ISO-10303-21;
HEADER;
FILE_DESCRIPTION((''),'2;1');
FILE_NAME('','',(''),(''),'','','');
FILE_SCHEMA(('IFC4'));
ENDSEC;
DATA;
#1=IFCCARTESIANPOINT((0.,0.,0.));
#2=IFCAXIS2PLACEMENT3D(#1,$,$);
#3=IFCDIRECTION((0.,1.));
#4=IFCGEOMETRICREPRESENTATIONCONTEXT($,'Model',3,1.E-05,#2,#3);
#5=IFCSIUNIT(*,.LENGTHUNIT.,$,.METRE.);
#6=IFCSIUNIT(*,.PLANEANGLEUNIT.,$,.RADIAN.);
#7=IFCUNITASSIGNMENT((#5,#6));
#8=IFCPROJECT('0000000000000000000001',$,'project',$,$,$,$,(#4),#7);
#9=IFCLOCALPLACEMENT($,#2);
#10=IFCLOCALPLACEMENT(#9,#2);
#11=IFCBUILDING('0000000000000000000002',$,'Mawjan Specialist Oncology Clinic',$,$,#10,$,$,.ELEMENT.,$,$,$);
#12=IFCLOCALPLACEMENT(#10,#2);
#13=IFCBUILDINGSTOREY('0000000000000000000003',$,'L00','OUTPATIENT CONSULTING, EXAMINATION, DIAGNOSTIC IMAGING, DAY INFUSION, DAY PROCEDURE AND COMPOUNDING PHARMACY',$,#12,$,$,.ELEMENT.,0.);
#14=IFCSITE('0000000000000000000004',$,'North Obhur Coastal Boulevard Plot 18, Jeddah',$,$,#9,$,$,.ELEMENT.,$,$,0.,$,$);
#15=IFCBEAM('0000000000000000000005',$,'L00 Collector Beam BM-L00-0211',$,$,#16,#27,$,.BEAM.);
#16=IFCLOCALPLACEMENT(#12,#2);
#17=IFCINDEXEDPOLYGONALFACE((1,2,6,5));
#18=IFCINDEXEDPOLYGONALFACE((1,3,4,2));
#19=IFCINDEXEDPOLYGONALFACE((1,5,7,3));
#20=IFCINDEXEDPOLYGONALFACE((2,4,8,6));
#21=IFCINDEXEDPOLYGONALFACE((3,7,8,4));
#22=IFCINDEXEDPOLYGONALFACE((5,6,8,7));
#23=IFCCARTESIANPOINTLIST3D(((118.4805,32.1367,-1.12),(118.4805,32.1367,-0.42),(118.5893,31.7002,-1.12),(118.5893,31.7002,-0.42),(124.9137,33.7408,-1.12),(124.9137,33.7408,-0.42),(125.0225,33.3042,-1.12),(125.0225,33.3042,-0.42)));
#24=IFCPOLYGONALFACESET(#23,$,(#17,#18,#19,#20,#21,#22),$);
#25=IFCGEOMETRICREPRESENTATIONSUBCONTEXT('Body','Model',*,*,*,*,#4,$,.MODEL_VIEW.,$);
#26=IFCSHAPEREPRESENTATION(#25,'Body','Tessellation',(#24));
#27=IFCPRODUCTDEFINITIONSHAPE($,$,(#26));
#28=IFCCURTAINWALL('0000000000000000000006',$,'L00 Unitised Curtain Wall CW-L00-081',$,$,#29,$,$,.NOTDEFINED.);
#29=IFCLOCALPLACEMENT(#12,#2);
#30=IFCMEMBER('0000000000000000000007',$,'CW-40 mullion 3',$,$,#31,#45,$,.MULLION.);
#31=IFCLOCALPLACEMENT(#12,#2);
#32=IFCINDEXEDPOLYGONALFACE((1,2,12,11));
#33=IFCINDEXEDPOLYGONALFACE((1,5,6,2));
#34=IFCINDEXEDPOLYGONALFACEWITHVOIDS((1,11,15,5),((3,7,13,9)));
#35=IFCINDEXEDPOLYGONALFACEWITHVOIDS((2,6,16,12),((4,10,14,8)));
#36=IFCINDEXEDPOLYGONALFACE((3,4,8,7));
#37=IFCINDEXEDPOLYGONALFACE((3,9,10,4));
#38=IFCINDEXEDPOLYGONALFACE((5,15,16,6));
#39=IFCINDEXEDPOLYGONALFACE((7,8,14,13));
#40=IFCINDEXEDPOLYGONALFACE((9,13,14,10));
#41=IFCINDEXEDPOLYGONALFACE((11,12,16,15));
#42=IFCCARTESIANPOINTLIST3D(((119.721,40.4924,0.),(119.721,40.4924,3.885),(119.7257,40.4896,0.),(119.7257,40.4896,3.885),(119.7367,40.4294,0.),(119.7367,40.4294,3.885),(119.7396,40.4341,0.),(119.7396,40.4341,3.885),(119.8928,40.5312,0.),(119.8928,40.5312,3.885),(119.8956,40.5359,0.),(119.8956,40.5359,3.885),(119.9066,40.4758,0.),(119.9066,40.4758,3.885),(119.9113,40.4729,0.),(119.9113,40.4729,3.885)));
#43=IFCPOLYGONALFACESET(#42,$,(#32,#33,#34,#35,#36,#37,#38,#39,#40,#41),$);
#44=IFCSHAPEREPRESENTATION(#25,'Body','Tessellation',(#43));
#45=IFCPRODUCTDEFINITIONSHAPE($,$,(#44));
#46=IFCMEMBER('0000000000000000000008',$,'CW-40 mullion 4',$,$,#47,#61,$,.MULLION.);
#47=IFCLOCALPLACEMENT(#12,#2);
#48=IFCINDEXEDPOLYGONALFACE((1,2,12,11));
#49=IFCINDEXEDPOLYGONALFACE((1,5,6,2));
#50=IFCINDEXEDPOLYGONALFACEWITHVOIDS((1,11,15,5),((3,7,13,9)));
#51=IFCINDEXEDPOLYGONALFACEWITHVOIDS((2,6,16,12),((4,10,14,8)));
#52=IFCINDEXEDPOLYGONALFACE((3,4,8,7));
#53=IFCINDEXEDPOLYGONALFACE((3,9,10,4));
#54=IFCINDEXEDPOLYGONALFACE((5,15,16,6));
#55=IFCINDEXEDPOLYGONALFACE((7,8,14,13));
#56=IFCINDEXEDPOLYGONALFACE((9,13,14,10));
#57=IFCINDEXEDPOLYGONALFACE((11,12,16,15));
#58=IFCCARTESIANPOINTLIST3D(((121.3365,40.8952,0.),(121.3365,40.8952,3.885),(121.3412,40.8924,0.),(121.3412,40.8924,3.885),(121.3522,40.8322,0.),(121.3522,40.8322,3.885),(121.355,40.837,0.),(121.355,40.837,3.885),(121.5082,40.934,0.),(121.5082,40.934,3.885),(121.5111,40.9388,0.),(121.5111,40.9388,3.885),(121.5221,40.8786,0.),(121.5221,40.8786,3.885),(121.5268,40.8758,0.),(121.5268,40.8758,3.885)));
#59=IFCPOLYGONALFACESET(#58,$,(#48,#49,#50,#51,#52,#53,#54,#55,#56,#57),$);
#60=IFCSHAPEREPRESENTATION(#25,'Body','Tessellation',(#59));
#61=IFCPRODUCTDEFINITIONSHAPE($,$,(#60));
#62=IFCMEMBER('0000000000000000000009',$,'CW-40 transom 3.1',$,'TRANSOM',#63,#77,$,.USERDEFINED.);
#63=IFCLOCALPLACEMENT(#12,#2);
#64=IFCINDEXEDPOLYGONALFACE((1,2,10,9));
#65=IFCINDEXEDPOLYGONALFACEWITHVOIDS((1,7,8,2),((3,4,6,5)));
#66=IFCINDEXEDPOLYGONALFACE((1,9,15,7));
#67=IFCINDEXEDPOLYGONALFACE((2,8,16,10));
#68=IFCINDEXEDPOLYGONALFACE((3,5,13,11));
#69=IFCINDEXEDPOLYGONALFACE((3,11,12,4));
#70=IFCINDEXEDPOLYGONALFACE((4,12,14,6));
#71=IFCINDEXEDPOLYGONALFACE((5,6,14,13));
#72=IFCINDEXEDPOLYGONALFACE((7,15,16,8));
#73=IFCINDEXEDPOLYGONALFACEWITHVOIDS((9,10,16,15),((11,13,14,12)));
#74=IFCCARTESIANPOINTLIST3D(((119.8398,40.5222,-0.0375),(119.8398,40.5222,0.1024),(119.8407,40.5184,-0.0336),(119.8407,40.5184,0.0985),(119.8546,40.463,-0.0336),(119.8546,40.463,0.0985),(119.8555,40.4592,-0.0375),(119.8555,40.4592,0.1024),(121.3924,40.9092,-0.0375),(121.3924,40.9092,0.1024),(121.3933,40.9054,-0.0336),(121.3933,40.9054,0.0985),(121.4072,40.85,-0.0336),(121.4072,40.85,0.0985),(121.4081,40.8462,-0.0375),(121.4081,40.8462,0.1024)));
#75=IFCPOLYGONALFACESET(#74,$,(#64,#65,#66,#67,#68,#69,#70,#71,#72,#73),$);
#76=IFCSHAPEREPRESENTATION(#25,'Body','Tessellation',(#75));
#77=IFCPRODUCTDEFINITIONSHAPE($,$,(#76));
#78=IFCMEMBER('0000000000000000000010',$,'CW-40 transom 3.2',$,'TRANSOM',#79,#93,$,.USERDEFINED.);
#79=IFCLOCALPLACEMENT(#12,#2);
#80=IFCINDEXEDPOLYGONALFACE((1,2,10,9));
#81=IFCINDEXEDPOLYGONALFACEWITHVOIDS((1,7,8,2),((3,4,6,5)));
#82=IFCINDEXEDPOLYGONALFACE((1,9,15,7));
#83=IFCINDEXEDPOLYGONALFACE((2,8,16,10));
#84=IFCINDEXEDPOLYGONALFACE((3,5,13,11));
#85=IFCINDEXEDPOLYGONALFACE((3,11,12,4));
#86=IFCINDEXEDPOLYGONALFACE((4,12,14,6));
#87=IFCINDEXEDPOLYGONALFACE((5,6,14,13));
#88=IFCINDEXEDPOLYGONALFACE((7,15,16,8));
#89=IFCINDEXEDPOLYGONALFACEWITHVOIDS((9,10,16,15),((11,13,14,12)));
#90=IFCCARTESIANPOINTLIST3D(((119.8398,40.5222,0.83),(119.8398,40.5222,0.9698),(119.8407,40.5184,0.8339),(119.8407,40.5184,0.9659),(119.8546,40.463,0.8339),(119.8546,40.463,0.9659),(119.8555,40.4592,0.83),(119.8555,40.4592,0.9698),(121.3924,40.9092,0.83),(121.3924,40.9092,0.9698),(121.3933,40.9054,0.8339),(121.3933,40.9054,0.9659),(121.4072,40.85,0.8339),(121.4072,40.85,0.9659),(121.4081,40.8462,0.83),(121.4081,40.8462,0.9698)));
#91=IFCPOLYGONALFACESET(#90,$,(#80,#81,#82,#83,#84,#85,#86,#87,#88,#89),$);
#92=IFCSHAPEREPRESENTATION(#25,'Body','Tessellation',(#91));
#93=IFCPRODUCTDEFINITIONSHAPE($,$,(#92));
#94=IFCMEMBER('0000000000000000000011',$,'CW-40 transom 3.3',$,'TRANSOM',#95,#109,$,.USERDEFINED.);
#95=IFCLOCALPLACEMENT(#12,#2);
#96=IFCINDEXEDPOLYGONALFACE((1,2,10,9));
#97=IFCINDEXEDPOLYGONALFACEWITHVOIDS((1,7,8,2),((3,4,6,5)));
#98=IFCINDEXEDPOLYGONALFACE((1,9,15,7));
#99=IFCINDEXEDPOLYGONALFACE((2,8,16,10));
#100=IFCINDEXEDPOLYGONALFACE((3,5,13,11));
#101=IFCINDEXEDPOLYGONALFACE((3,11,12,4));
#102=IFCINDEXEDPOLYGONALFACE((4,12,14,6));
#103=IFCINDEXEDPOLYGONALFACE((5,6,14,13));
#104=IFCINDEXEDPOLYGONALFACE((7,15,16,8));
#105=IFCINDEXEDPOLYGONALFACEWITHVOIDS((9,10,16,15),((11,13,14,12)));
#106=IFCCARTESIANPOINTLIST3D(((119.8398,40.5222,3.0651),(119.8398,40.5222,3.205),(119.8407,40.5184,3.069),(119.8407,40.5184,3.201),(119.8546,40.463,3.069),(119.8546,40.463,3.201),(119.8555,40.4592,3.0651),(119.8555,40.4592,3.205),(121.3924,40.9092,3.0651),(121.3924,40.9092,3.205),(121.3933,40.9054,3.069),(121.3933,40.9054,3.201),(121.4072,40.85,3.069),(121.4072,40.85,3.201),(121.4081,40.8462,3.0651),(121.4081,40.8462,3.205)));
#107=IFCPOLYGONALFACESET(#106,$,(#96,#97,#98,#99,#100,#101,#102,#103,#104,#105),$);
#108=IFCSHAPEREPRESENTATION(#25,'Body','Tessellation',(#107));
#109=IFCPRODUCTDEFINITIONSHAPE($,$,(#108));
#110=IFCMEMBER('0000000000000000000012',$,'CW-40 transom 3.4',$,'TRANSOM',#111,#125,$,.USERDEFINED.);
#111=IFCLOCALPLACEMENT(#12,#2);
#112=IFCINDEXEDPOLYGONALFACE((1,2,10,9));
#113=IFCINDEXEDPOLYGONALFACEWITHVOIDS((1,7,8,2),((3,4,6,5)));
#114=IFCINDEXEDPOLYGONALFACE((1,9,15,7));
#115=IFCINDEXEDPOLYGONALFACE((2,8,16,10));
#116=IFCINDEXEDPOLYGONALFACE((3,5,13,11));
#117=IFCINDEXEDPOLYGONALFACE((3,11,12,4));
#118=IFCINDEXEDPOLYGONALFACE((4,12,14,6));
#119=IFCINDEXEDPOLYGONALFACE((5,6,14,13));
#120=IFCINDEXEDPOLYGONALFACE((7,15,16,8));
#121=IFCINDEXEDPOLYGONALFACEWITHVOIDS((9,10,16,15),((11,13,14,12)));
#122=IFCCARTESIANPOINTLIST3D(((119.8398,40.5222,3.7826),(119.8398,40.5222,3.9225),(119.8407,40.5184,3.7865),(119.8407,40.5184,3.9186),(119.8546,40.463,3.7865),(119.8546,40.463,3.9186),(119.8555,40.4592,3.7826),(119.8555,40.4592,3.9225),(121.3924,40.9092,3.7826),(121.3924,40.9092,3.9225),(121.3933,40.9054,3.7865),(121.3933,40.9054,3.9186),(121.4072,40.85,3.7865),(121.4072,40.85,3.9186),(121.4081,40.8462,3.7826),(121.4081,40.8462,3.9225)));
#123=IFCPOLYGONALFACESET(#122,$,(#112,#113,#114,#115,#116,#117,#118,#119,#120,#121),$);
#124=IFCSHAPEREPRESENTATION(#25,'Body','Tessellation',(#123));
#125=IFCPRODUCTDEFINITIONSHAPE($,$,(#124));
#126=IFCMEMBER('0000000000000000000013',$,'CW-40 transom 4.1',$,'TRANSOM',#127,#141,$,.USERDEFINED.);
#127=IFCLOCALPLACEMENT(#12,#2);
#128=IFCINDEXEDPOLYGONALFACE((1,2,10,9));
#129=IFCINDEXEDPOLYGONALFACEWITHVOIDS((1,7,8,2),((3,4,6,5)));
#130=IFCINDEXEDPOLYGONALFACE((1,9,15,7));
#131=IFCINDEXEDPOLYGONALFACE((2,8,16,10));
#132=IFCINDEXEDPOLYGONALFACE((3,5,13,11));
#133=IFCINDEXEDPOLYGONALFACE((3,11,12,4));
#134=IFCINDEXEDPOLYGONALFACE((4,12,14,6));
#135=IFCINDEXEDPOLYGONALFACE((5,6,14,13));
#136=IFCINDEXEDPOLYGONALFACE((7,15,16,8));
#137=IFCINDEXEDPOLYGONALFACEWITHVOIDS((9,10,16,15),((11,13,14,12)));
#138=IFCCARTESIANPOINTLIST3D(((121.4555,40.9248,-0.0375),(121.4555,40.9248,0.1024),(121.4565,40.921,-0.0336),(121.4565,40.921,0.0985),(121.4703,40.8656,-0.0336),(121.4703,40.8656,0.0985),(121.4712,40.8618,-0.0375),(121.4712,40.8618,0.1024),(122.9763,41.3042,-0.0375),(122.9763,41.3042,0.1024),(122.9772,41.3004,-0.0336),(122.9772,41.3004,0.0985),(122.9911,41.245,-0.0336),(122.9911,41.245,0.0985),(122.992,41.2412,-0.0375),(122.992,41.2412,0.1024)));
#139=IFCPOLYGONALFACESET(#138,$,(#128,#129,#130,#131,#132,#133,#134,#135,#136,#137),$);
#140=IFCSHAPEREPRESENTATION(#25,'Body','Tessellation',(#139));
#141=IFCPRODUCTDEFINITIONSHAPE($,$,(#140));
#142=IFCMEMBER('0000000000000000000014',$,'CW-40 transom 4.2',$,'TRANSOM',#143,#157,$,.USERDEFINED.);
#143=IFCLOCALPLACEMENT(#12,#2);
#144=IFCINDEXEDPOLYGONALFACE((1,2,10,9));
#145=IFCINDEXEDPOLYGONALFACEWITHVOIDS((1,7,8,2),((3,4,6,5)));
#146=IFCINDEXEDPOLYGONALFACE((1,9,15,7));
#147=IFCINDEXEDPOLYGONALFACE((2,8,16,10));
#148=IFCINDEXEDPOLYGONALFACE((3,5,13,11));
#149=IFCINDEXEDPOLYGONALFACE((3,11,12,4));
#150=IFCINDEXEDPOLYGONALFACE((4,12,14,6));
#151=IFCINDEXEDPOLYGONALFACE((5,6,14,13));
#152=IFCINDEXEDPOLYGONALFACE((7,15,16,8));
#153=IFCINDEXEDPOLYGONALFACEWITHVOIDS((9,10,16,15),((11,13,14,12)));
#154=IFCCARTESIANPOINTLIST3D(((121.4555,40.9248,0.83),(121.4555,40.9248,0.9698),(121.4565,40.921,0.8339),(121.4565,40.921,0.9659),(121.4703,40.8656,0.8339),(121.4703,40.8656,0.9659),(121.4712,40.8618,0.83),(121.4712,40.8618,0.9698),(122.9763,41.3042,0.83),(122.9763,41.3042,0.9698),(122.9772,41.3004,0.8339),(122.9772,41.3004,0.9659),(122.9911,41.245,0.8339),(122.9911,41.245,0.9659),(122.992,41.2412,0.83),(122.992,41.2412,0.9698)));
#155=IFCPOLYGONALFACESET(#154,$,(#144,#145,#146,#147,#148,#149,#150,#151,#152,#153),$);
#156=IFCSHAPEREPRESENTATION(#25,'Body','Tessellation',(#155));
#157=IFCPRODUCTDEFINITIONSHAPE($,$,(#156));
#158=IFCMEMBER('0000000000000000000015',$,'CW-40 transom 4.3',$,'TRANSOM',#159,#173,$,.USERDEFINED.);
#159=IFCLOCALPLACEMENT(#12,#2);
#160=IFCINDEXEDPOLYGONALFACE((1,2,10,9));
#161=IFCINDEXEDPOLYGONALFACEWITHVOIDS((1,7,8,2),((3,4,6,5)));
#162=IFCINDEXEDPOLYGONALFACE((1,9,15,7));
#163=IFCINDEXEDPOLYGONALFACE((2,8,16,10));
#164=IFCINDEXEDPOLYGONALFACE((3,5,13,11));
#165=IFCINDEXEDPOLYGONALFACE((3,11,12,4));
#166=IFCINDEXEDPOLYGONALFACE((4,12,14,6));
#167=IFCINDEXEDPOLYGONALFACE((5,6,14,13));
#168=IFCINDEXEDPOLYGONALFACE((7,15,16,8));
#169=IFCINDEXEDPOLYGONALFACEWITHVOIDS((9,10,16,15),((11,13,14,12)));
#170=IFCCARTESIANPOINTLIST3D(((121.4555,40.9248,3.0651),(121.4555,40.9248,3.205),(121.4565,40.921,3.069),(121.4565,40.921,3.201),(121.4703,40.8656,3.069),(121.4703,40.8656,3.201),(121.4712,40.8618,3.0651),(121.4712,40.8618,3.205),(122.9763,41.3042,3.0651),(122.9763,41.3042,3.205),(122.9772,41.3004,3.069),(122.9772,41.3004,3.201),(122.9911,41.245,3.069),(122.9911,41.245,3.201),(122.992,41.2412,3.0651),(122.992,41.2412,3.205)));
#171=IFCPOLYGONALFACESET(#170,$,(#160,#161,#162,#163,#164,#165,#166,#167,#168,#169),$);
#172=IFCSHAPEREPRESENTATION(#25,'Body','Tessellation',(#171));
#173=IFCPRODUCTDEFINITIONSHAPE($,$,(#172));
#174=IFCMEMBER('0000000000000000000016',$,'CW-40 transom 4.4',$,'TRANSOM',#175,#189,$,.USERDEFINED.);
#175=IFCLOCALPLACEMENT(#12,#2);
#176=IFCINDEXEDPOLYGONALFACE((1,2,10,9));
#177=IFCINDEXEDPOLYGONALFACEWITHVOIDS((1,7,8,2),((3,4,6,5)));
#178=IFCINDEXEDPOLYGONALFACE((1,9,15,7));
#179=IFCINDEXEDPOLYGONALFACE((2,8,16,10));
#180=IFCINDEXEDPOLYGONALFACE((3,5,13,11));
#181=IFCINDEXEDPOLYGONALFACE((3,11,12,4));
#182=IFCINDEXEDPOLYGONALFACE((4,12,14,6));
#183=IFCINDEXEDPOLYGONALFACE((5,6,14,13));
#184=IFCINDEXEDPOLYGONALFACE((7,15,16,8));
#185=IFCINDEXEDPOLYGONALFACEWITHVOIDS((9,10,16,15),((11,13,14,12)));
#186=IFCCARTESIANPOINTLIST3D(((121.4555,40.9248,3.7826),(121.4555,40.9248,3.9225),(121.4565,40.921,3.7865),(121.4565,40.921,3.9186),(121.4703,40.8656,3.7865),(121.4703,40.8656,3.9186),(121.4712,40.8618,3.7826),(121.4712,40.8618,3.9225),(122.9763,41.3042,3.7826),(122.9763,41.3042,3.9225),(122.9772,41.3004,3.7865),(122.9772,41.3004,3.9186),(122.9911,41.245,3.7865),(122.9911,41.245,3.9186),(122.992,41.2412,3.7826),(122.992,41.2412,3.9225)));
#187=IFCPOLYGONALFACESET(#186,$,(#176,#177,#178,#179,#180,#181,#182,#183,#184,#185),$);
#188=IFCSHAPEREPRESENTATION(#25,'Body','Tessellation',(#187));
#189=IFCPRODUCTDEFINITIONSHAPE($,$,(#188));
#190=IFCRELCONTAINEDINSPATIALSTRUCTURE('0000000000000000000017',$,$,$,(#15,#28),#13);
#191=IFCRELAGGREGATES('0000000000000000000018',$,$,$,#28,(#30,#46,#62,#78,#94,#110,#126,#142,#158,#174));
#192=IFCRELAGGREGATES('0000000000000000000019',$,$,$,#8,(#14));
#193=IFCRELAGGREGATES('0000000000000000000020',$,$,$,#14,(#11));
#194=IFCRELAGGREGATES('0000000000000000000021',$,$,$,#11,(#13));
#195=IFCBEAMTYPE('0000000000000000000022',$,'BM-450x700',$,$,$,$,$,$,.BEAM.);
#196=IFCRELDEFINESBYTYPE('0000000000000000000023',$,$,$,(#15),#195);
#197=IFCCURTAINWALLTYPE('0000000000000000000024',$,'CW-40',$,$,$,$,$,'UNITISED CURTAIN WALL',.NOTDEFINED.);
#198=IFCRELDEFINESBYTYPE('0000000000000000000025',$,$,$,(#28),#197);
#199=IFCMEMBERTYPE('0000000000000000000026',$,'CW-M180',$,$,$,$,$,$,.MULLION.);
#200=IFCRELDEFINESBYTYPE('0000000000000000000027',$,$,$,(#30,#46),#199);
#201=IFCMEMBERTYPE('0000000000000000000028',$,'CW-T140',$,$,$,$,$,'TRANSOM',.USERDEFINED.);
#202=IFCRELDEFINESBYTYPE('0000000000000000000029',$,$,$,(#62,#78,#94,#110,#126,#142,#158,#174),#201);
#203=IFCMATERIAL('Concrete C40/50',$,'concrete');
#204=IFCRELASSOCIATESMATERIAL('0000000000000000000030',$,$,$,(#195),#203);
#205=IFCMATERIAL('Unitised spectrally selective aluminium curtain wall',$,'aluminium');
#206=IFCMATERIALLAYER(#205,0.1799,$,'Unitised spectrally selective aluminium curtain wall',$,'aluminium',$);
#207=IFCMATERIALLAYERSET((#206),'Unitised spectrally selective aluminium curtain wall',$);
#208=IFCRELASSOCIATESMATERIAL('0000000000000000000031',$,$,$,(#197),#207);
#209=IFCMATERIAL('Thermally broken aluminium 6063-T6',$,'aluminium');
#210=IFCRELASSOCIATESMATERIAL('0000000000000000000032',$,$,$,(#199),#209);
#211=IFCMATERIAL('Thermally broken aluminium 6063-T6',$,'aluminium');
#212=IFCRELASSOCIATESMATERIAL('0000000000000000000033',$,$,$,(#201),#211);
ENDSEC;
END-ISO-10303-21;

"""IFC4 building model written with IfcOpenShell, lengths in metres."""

from ifc_helpers import new_model, si_unit, direction, frame, origin, origin_2d, place, context, subcontext, project, spatial, rectangle, hollow_rectangle, extrude, material, layer, layer_set, material_profile, profile_set, type_object, element, aggregate, save


model = new_model("IFC4")

# Units and contexts
model_context = context("Model", 3, precision=1e-05, world=origin(), true_north=direction((0.0, 1.0)))
body_context = subcontext(model_context, "Body", "Model", "MODEL_VIEW")
ifc_project = project(units=[si_unit("LENGTHUNIT", "METRE"), si_unit("PLANEANGLEUNIT", "RADIAN")], contexts=[model_context])

# Site, building, storey
site_placement = place(None, origin())
site = spatial("IfcSite", under=ifc_project, at=site_placement, Name="North Obhur Coastal Boulevard Plot 18, Jeddah", CompositionType="ELEMENT", RefElevation=0.0)
building_placement = place(site_placement, origin())
building = spatial("IfcBuilding", under=site, at=building_placement, Name="Mawjan Specialist Oncology Clinic", CompositionType="ELEMENT")
storey_placement = place(building_placement, origin())
storey = spatial("IfcBuildingStorey", under=building, at=storey_placement, Name="L00", Description="OUTPATIENT CONSULTING, EXAMINATION, DIAGNOSTIC IMAGING, DAY INFUSION, DAY PROCEDURE AND COMPOUNDING PHARMACY", CompositionType="ELEMENT", Elevation=0.0)

# Beam
ifc_material_1 = material(Name="Concrete C40/50", Category="concrete")
ifc_material_profile_1 = material_profile(ifc_material_1, rectangle(XDim=0.45, YDim=0.7, at=origin_2d()), Name="RC BM 450x700", Category="concrete")
ifc_profile_set_1 = profile_set([ifc_material_profile_1], Name="Concrete C40/50")
beam_type = type_object("IfcBeamType", Name="BM-450x700", PredefinedType="BEAM", material=ifc_profile_set_1)
beam_placement = place(storey_placement, frame((118.5349, 31.9185, -0.77), z_axis=(0.970294, 0.241929, 0.0), x_axis=(-0.241929, 0.970294, 0.0)))
element("IfcBeam", 1, at=beam_placement, inside=storey, type_object=beam_type, Name="L00 Collector Beam BM-L00-0211", PredefinedType="BEAM", context=body_context, shape_type="SweptSolid", body=[
    extrude(rectangle(XDim=0.45, YDim=0.7, at=origin_2d()), origin(), (0.0, 0.0, 1.0), 6.6301),
])

# Curtain wall, members
ifc_material_2 = material(Name="Unitised spectrally selective aluminium curtain wall", Category="aluminium")
ifc_layer_1 = layer(ifc_material_2, 0.1799, Name="Unitised spectrally selective aluminium curtain wall", Category="aluminium")
ifc_layer_set_1 = layer_set([ifc_layer_1], Name="Unitised spectrally selective aluminium curtain wall")
curtain_wall_type_1 = type_object("IfcCurtainWallType", Name="CW-40", ElementType="UNITISED CURTAIN WALL", PredefinedType="NOTDEFINED", material=ifc_layer_set_1)
curtain_wall_1_placement = place(storey_placement, origin())
curtain_wall_1 = element("IfcCurtainWall", 2, at=curtain_wall_1_placement, inside=storey, type_object=curtain_wall_type_1, Name="L00 Unitised Curtain Wall CW-L00-081", PredefinedType="NOTDEFINED")
ifc_material_3 = material(Name="Thermally broken aluminium 6063-T6", Category="aluminium")
ifc_material_profile_2 = material_profile(ifc_material_3, hollow_rectangle(XDim=0.0649, YDim=0.1799, WallThickness=0.0039, at=origin_2d()), Name="ALU MULLION 180x65x4", Category="aluminium")
ifc_profile_set_2 = profile_set([ifc_material_profile_2], Name="Thermally broken aluminium 6063-T6")
member_type_1 = type_object("IfcMemberType", Name="CW-M180", PredefinedType="MULLION", material=ifc_profile_set_2)
member_1_placement = place(storey_placement, frame((119.8162, 40.4827, 0.0), z_axis=(0.0, 0.0, 1.0), x_axis=(-0.241922, 0.970296, 0.0)))
member_1 = element("IfcMember", 3, at=member_1_placement, type_object=member_type_1, Name="CW-40 mullion 3", PredefinedType="MULLION", context=body_context, shape_type="SweptSolid", body=[
    extrude(hollow_rectangle(XDim=0.0649, YDim=0.1799, WallThickness=0.0039, at=origin_2d()), origin(), (0.0, 0.0, 1.0), 3.885),
])
member_2_placement = place(storey_placement, frame((121.4316, 40.8855, 0.0), z_axis=(0.0, 0.0, 1.0), x_axis=(-0.241922, 0.970296, 0.0)))
member_2 = element("IfcMember", 4, at=member_2_placement, type_object=member_type_1, Name="CW-40 mullion 4", PredefinedType="MULLION", context=body_context, shape_type="SweptSolid", body=[
    extrude(hollow_rectangle(XDim=0.0649, YDim=0.1799, WallThickness=0.0039, at=origin_2d()), origin(), (0.0, 0.0, 1.0), 3.885),
])
ifc_material_4 = material(Name="Thermally broken aluminium 6063-T6", Category="aluminium")
ifc_material_profile_3 = material_profile(ifc_material_4, hollow_rectangle(XDim=0.0649, YDim=0.1399, WallThickness=0.0039, at=origin_2d()), Name="ALU TRANSOM 140x65x4", Category="aluminium")
ifc_profile_set_3 = profile_set([ifc_material_profile_3], Name="Thermally broken aluminium 6063-T6")
member_type_2 = type_object("IfcMemberType", Name="CW-T140", ElementType="TRANSOM", PredefinedType="USERDEFINED", material=ifc_profile_set_3)
member_3_placement = place(storey_placement, frame((119.8477, 40.4907, 0.0325), z_axis=(0.970313, 0.241853, 0.0), x_axis=(-0.241853, 0.970313, 0.0)))
member_3 = element("IfcMember", 5, at=member_3_placement, type_object=member_type_2, Name="CW-40 transom 3.1", ObjectType="TRANSOM", PredefinedType="USERDEFINED", context=body_context, shape_type="SweptSolid", body=[
    extrude(hollow_rectangle(XDim=0.0649, YDim=0.1399, WallThickness=0.0039, at=origin_2d()), origin(), (0.0, 0.0, 1.0), 1.6001),
])
member_4_placement = place(storey_placement, frame((119.8477, 40.4907, 0.8999), z_axis=(0.970313, 0.241853, 0.0), x_axis=(-0.241853, 0.970313, 0.0)))
member_4 = element("IfcMember", 6, at=member_4_placement, type_object=member_type_2, Name="CW-40 transom 3.2", ObjectType="TRANSOM", PredefinedType="USERDEFINED", context=body_context, shape_type="SweptSolid", body=[
    extrude(hollow_rectangle(XDim=0.0649, YDim=0.1399, WallThickness=0.0039, at=origin_2d()), origin(), (0.0, 0.0, 1.0), 1.6001),
])
member_5_placement = place(storey_placement, frame((119.8477, 40.4907, 3.135), z_axis=(0.970313, 0.241853, 0.0), x_axis=(-0.241853, 0.970313, 0.0)))
member_5 = element("IfcMember", 7, at=member_5_placement, type_object=member_type_2, Name="CW-40 transom 3.3", ObjectType="TRANSOM", PredefinedType="USERDEFINED", context=body_context, shape_type="SweptSolid", body=[
    extrude(hollow_rectangle(XDim=0.0649, YDim=0.1399, WallThickness=0.0039, at=origin_2d()), origin(), (0.0, 0.0, 1.0), 1.6001),
])
member_6_placement = place(storey_placement, frame((119.8477, 40.4907, 3.8525), z_axis=(0.970313, 0.241853, 0.0), x_axis=(-0.241853, 0.970313, 0.0)))
member_6 = element("IfcMember", 8, at=member_6_placement, type_object=member_type_2, Name="CW-40 transom 3.4", ObjectType="TRANSOM", PredefinedType="USERDEFINED", context=body_context, shape_type="SweptSolid", body=[
    extrude(hollow_rectangle(XDim=0.0649, YDim=0.1399, WallThickness=0.0039, at=origin_2d()), origin(), (0.0, 0.0, 1.0), 1.6001),
])
member_7_placement = place(storey_placement, frame((121.4634, 40.8933, 0.0325), z_axis=(0.970261, 0.242059, 0.0), x_axis=(-0.242059, 0.970261, 0.0)))
member_7 = element("IfcMember", 9, at=member_7_placement, type_object=member_type_2, Name="CW-40 transom 4.1", ObjectType="TRANSOM", PredefinedType="USERDEFINED", context=body_context, shape_type="SweptSolid", body=[
    extrude(hollow_rectangle(XDim=0.0649, YDim=0.1399, WallThickness=0.0039, at=origin_2d()), origin(), (0.0, 0.0, 1.0), 1.5674),
])
member_8_placement = place(storey_placement, frame((121.4634, 40.8933, 0.8999), z_axis=(0.970261, 0.242059, 0.0), x_axis=(-0.242059, 0.970261, 0.0)))
member_8 = element("IfcMember", 10, at=member_8_placement, type_object=member_type_2, Name="CW-40 transom 4.2", ObjectType="TRANSOM", PredefinedType="USERDEFINED", context=body_context, shape_type="SweptSolid", body=[
    extrude(hollow_rectangle(XDim=0.0649, YDim=0.1399, WallThickness=0.0039, at=origin_2d()), origin(), (0.0, 0.0, 1.0), 1.5674),
])
member_9_placement = place(storey_placement, frame((121.4634, 40.8933, 3.135), z_axis=(0.970261, 0.242059, 0.0), x_axis=(-0.242059, 0.970261, 0.0)))
member_9 = element("IfcMember", 11, at=member_9_placement, type_object=member_type_2, Name="CW-40 transom 4.3", ObjectType="TRANSOM", PredefinedType="USERDEFINED", context=body_context, shape_type="SweptSolid", body=[
    extrude(hollow_rectangle(XDim=0.0649, YDim=0.1399, WallThickness=0.0039, at=origin_2d()), origin(), (0.0, 0.0, 1.0), 1.5674),
])
member_10_placement = place(storey_placement, frame((121.4634, 40.8933, 3.8525), z_axis=(0.970261, 0.242059, 0.0), x_axis=(-0.242059, 0.970261, 0.0)))
member_10 = element("IfcMember", 12, at=member_10_placement, type_object=member_type_2, Name="CW-40 transom 4.4", ObjectType="TRANSOM", PredefinedType="USERDEFINED", context=body_context, shape_type="SweptSolid", body=[
    extrude(hollow_rectangle(XDim=0.0649, YDim=0.1399, WallThickness=0.0039, at=origin_2d()), origin(), (0.0, 0.0, 1.0), 1.5674),
])

aggregate(curtain_wall_1, [member_1, member_2, member_3, member_4, member_5, member_6, member_7, member_8, member_9, member_10])

save(model, "model.ifc")
